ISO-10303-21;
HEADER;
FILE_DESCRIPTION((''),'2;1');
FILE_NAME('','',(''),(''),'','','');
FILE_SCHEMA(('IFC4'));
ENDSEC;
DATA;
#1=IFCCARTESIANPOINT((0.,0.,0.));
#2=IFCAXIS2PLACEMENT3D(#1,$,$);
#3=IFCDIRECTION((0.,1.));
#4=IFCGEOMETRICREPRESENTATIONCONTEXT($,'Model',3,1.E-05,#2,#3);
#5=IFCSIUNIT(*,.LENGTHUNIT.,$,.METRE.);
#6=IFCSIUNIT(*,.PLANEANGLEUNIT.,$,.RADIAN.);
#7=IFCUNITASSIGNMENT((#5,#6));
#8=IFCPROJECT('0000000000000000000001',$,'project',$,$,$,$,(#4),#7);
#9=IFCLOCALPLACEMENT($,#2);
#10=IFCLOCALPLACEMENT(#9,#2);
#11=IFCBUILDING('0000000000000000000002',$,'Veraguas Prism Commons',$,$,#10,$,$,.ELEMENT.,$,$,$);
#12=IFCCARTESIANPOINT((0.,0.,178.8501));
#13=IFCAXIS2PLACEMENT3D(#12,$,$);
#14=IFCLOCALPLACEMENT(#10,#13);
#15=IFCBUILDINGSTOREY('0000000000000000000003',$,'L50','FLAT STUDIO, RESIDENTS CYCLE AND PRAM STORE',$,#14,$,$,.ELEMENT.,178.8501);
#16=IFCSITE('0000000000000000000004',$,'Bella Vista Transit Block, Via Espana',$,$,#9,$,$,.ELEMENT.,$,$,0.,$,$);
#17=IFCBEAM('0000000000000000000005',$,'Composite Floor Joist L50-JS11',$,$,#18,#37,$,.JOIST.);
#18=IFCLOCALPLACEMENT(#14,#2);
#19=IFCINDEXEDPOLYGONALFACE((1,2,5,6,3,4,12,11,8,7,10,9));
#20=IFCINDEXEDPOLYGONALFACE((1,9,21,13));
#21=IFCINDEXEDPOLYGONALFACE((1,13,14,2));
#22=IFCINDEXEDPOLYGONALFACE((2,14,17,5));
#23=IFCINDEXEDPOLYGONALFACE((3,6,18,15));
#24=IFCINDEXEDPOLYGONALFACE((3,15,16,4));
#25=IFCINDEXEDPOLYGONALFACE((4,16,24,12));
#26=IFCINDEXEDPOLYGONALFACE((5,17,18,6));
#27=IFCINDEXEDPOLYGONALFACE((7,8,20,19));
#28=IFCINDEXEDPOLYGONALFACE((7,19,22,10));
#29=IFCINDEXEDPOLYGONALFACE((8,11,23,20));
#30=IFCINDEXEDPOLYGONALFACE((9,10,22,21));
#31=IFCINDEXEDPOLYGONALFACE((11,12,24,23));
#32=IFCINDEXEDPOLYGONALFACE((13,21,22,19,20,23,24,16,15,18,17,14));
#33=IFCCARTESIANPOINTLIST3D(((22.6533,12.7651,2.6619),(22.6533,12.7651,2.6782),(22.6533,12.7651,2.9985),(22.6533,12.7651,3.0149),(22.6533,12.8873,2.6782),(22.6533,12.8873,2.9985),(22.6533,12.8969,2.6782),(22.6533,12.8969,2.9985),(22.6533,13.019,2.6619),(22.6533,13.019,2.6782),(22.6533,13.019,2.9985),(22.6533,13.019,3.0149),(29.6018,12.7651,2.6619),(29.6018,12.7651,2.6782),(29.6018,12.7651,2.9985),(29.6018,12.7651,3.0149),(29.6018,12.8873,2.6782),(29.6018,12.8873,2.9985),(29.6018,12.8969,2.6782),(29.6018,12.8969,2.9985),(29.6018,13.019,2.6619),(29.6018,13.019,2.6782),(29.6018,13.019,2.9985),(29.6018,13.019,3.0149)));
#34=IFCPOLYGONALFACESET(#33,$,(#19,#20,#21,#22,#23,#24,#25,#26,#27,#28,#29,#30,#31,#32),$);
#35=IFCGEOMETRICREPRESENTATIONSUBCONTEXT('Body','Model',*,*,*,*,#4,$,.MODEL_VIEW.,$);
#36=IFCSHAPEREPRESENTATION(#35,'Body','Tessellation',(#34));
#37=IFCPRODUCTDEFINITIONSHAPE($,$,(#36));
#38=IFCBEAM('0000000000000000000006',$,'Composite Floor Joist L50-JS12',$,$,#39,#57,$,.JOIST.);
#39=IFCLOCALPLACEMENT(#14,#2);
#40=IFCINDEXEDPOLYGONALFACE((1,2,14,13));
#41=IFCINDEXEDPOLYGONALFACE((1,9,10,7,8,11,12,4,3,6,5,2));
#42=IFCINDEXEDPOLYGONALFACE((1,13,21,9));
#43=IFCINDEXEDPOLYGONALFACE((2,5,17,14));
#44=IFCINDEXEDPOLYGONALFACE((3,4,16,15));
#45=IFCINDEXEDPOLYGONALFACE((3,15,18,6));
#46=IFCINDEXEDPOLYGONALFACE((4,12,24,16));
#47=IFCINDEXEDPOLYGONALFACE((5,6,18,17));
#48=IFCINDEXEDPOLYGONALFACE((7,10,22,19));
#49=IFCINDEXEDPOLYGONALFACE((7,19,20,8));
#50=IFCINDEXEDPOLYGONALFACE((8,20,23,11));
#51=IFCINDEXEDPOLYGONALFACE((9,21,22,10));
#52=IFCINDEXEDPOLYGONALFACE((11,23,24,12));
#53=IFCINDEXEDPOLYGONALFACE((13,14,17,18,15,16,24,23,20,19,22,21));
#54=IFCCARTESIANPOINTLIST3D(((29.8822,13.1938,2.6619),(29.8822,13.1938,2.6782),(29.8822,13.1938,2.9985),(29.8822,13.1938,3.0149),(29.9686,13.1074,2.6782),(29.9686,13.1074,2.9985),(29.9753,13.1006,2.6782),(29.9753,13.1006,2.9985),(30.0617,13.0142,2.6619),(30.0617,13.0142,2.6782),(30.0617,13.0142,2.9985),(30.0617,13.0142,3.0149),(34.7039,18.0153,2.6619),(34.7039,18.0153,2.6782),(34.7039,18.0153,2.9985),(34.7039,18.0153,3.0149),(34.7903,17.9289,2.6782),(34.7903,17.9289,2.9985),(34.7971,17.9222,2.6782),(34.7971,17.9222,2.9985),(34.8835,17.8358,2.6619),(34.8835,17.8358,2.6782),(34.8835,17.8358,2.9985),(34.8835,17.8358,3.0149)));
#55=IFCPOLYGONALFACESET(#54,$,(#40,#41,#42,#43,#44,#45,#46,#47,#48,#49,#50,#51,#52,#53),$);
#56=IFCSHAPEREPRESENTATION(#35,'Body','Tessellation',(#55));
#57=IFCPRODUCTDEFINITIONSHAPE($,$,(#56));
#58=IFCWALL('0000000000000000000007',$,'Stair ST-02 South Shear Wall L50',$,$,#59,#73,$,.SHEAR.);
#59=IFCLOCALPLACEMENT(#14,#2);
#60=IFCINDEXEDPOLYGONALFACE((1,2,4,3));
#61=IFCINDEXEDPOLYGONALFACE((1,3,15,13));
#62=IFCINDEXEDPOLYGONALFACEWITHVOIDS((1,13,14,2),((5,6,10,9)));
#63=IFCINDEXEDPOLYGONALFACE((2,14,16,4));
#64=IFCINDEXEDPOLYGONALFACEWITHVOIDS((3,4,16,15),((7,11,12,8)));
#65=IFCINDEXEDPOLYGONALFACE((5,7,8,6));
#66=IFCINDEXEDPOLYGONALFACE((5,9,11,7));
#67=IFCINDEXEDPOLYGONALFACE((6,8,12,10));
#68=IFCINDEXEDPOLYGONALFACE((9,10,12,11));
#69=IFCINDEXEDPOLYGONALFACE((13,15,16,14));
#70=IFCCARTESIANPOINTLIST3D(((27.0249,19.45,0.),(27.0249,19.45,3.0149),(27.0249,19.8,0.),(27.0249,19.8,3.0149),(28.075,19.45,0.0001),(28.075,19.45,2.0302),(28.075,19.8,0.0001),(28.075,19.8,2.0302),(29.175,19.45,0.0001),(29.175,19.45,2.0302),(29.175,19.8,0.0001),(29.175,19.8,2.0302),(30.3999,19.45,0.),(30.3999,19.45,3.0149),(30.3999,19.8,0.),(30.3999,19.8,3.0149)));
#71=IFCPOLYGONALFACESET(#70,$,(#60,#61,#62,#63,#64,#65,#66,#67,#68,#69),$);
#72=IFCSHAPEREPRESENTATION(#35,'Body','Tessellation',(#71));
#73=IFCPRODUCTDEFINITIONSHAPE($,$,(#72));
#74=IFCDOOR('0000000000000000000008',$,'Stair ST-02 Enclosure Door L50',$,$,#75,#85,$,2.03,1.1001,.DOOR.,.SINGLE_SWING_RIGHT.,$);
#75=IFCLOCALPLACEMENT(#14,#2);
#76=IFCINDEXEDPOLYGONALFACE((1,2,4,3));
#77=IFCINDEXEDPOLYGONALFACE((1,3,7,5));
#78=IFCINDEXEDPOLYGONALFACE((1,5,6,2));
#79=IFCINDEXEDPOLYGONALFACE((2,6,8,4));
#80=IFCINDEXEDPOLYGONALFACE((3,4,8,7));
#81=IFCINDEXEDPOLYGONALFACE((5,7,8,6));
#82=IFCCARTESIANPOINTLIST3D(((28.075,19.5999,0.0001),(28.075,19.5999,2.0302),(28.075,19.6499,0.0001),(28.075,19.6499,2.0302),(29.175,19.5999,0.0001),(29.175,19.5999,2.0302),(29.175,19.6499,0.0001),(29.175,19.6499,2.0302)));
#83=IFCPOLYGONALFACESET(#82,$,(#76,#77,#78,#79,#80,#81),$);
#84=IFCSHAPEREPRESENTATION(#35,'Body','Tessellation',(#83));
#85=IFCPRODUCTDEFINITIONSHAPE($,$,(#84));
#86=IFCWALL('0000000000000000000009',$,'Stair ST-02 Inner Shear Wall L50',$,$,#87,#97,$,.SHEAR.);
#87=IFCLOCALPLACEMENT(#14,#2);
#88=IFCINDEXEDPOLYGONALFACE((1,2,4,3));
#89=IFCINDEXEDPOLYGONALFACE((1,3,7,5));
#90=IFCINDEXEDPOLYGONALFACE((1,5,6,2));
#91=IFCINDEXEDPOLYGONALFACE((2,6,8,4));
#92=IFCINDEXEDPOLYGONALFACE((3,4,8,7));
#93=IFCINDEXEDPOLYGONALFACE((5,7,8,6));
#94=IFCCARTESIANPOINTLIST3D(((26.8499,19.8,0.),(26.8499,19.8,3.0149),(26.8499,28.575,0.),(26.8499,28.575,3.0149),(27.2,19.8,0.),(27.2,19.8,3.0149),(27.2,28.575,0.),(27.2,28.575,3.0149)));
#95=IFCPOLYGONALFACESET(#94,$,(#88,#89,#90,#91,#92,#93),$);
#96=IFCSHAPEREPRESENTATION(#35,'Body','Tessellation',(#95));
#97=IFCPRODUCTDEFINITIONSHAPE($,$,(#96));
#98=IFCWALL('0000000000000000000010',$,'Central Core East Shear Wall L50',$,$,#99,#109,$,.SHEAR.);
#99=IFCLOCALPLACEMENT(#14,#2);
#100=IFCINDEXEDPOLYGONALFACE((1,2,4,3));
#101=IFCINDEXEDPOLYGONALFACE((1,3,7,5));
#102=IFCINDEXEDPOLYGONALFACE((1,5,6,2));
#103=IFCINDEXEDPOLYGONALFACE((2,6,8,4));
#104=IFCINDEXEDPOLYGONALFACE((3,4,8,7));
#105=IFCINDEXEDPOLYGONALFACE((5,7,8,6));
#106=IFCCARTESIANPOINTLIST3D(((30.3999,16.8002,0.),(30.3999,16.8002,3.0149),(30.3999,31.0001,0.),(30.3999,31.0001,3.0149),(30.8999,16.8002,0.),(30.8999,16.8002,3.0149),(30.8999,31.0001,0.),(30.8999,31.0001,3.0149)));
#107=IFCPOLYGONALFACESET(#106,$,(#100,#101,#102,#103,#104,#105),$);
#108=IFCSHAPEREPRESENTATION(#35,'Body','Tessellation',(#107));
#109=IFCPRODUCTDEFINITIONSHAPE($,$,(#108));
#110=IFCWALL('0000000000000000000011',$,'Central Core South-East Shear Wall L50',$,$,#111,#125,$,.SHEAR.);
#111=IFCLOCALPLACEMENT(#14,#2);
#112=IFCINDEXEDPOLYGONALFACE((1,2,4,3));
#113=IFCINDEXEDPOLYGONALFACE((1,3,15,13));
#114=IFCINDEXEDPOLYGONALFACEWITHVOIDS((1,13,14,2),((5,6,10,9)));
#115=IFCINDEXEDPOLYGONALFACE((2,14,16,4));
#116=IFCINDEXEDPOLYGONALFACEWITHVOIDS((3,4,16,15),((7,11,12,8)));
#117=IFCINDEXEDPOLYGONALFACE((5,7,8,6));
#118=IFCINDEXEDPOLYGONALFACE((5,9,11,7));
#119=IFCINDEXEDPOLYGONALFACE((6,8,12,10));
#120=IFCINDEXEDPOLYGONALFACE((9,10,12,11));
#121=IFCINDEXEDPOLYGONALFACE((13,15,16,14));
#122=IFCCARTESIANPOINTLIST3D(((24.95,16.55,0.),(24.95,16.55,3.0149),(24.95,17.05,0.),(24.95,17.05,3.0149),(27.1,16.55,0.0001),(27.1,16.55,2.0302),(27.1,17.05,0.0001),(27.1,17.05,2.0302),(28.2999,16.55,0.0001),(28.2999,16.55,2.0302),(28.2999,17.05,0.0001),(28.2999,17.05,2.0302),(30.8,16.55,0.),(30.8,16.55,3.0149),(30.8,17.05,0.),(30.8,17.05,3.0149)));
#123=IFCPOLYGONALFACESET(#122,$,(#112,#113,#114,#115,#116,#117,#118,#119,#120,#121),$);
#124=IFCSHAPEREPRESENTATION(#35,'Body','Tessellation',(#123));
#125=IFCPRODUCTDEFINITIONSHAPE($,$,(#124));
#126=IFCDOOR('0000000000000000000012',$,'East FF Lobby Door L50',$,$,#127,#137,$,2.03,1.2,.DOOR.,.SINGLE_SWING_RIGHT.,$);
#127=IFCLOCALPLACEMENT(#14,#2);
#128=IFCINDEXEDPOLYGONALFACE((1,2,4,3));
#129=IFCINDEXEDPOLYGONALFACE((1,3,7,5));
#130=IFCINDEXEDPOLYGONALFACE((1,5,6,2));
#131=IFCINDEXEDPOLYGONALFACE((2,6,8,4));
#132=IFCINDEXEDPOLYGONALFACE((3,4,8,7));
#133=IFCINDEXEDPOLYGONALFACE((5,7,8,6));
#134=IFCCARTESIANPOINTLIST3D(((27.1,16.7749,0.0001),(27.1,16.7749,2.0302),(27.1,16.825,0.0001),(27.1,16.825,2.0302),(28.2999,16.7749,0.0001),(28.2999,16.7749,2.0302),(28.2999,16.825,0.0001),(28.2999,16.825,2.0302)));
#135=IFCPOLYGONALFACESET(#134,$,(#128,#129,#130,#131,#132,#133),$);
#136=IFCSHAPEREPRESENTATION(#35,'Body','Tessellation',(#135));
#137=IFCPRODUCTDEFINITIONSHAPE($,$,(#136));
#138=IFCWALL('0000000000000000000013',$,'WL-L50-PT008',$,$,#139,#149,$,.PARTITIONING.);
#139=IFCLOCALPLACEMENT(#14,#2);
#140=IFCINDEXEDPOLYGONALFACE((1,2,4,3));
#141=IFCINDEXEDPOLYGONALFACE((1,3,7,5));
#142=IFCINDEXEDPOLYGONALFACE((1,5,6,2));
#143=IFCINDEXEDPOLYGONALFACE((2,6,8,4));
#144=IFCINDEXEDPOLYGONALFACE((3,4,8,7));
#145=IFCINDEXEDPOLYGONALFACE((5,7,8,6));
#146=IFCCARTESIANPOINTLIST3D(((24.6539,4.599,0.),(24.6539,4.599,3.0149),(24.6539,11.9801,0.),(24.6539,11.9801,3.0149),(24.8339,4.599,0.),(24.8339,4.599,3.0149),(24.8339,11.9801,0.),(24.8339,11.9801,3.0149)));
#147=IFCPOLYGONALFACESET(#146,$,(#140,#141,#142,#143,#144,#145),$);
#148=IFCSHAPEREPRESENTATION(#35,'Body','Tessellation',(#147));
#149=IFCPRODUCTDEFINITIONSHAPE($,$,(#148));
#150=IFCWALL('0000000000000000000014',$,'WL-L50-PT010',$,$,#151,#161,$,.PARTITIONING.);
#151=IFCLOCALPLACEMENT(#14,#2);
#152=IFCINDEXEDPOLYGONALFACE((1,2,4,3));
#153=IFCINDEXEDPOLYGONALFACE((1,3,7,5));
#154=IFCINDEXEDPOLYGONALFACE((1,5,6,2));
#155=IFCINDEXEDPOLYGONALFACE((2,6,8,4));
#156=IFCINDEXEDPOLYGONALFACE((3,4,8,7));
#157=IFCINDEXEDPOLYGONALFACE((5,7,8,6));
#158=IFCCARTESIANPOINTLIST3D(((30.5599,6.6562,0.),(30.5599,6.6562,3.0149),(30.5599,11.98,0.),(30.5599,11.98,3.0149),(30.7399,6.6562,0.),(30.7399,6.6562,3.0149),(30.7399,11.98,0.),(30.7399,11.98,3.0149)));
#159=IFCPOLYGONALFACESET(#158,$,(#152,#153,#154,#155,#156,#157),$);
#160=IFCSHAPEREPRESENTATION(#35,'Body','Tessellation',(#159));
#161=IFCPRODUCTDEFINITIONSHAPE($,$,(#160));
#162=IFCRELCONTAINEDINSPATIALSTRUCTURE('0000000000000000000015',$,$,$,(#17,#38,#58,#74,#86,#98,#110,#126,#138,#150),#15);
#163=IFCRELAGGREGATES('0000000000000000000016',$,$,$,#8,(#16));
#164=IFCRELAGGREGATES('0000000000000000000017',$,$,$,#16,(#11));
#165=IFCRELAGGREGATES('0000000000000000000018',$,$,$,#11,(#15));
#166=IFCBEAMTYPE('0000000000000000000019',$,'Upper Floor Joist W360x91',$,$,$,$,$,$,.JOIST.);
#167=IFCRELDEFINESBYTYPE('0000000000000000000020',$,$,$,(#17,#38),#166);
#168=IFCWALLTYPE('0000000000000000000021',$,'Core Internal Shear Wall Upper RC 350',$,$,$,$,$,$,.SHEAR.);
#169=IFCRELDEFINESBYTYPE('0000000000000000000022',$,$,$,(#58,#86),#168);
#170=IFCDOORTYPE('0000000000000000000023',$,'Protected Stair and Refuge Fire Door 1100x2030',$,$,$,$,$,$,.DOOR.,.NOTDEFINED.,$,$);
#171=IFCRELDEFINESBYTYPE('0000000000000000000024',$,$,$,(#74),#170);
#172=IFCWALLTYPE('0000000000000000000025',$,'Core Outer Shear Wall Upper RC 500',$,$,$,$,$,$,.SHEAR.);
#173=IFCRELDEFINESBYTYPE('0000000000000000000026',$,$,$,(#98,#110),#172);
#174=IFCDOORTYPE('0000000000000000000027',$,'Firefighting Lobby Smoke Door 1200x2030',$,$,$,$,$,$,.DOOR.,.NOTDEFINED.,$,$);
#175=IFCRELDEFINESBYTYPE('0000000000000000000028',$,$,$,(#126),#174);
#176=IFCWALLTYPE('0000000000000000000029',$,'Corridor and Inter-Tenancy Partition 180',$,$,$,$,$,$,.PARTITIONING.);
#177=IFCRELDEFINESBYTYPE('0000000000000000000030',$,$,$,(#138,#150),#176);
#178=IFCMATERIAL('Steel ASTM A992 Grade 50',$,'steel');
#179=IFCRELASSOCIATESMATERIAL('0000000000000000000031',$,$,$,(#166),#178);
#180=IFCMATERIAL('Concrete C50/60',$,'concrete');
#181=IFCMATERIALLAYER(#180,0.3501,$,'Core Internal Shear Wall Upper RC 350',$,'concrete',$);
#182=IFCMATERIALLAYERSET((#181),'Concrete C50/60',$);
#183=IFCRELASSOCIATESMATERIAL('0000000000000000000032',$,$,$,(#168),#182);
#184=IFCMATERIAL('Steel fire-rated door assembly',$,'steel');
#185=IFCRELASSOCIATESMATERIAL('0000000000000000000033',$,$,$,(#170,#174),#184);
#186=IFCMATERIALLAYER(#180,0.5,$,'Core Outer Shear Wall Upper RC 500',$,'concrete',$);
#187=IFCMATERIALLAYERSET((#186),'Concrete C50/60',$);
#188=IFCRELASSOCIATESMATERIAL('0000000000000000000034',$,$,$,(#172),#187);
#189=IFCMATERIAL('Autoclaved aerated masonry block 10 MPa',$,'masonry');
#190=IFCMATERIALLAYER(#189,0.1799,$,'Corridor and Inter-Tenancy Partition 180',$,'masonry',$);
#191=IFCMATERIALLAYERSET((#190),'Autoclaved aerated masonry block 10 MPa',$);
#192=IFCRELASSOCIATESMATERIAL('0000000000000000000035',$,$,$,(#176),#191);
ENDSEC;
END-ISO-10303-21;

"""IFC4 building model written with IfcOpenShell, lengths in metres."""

from ifc_helpers import new_model, si_unit, direction, frame, frame_2d, origin, origin_2d, place, context, subcontext, project, spatial, rectangle, i_section, extrude, source, transform, mapped, material, layer, layer_set, material_profile, profile_set, type_object, element, fill, save


model = new_model("IFC4")

# Units and contexts
model_context = context("Model", 3, precision=1e-05, world=origin(), true_north=direction((0.0, 1.0)))
body_context = subcontext(model_context, "Body", "Model", "MODEL_VIEW")
ifc_project = project(units=[si_unit("LENGTHUNIT", "METRE"), si_unit("PLANEANGLEUNIT", "RADIAN")], contexts=[model_context])

# Site, building, storey
site_placement = place(None, origin())
site = spatial("IfcSite", under=ifc_project, at=site_placement, Name="Bella Vista Transit Block, Via Espana", CompositionType="ELEMENT", RefElevation=0.0)
building_placement = place(site_placement, origin())
building = spatial("IfcBuilding", under=site, at=building_placement, Name="Veraguas Prism Commons", CompositionType="ELEMENT")
storey_placement = place(building_placement, frame((0.0, 0.0, 178.8501)))
storey = spatial("IfcBuildingStorey", under=building, at=storey_placement, Name="L50", Description="FLAT STUDIO, RESIDENTS CYCLE AND PRAM STORE", CompositionType="ELEMENT", Elevation=178.8501)

# Beams
ifc_material_1 = material(Name="Steel ASTM A992 Grade 50", Category="steel")
ifc_material_profile = material_profile(ifc_material_1, i_section(OverallWidth=0.2539, OverallDepth=0.353, WebThickness=0.0095, FlangeThickness=0.0164, at=origin_2d()), Name="W360X91")
ifc_profile_set = profile_set([ifc_material_profile], Name="Steel ASTM A992 Grade 50")
beam_type = type_object("IfcBeamType", Name="Upper Floor Joist W360x91", PredefinedType="JOIST", material=ifc_profile_set)
beam_1_placement = place(storey_placement, frame((22.6533, 12.8921, 2.8384), z_axis=(1.0, 0.0, 0.0), x_axis=(0.0, 1.0, 0.0)))
element("IfcBeam", 1, at=beam_1_placement, inside=storey, type_object=beam_type, Name="Composite Floor Joist L50-JS11", PredefinedType="JOIST", context=body_context, shape_type="SweptSolid", body=[
    extrude(i_section(OverallWidth=0.2539, OverallDepth=0.353, WebThickness=0.0095, FlangeThickness=0.0164, at=origin_2d()), origin(), (0.0, 0.0, 1.0), 6.9485),
])
beam_2_placement = place(storey_placement, frame((29.9719, 13.104, 2.8384), z_axis=(0.707125, 0.707089, 0.0), x_axis=(-0.707089, 0.707125, 0.0)))
element("IfcBeam", 2, at=beam_2_placement, inside=storey, type_object=beam_type, Name="Composite Floor Joist L50-JS12", PredefinedType="JOIST", context=body_context, shape_type="SweptSolid", body=[
    extrude(i_section(OverallWidth=0.2539, OverallDepth=0.353, WebThickness=0.0095, FlangeThickness=0.0164, at=origin_2d()), origin(), (0.0, 0.0, 1.0), 6.8188),
])

# Wall, opening, door
ifc_material_2 = material(Name="Concrete C50/60", Category="concrete")
ifc_layer_1 = layer(ifc_material_2, 0.3501, Name="Core Internal Shear Wall Upper RC 350", Category="concrete")
ifc_layer_set_1 = layer_set([ifc_layer_1], Name="Concrete C50/60")
wall_type_1 = type_object("IfcWallType", Name="Core Internal Shear Wall Upper RC 350", PredefinedType="SHEAR", material=ifc_layer_set_1)
wall_1_placement = place(storey_placement, frame((27.0249, 19.625, 0.0), z_axis=(0.0, 0.0, 1.0), x_axis=(1.0, 0.0, 0.0)))
wall_1 = element("IfcWall", 3, at=wall_1_placement, inside=storey, type_object=wall_type_1, Name="Stair ST-02 South Shear Wall L50", PredefinedType="SHEAR", context=body_context, shape_type="SweptSolid", body=[
    extrude(rectangle(XDim=3.375, YDim=0.3501, at=frame_2d((1.6875, 0.0))), origin(), (0.0, 0.0, 1.0), 3.0149),
])
opening_1_placement = place(wall_1_placement, frame((1.05, 0.0, 0.0)))
opening_1 = element("IfcOpeningElement", 4, at=opening_1_placement, cuts=wall_1, PredefinedType="OPENING", context=body_context, shape_type="SweptSolid", body=[
    extrude(rectangle(XDim=1.1001, YDim=2.03, at=frame_2d((0.55, 1.0151))), frame((0.0, 0.1851, 0.0), z_axis=(0.0, -1.0, 0.0), x_axis=(1.0, 0.0, 0.0)), (0.0, 0.0, 1.0), 0.3701),
])
ifc_material_3 = material(Name="Steel fire-rated door assembly", Category="steel")
door_type_1 = type_object("IfcDoorType", Name="Protected Stair and Refuge Fire Door 1100x2030", OperationType="NOTDEFINED", PredefinedType="DOOR", material=ifc_material_3)
shared_shape_1 = source(origin(), body_context, "Body", "SweptSolid", [
    extrude(rectangle(XDim=1.1001, YDim=2.03, at=frame_2d((0.55, 1.0151))), frame((0.0, 0.0249, 0.0), z_axis=(0.0, -1.0, 0.0), x_axis=(1.0, 0.0, 0.0)), (0.0, 0.0, 1.0), 0.05),
])
door_1_placement = place(opening_1_placement, origin())
door_1 = element("IfcDoor", 5, at=door_1_placement, inside=storey, type_object=door_type_1, Name="Stair ST-02 Enclosure Door L50", OperationType="SINGLE_SWING_RIGHT", OverallHeight=2.03, OverallWidth=1.1001, PredefinedType="DOOR", context=body_context, shape_type="MappedRepresentation", body=[
    mapped(shared_shape_1, transform((0.0, 0.0, 0.0), scale=1.0)),
])
fill(opening_1, door_1)

# Walls
wall_2_placement = place(storey_placement, frame((27.0249, 19.8, 0.0), z_axis=(0.0, 0.0, 1.0), x_axis=(0.0, 1.0, 0.0)))
element("IfcWall", 6, at=wall_2_placement, inside=storey, type_object=wall_type_1, Name="Stair ST-02 Inner Shear Wall L50", PredefinedType="SHEAR", context=body_context, shape_type="SweptSolid", body=[
    extrude(rectangle(XDim=8.7749, YDim=0.3501, at=frame_2d((4.3875, 0.0))), origin(), (0.0, 0.0, 1.0), 3.0149),
])
ifc_layer_2 = layer(ifc_material_2, 0.5, Name="Core Outer Shear Wall Upper RC 500", Category="concrete")
ifc_layer_set_2 = layer_set([ifc_layer_2], Name="Concrete C50/60")
wall_type_2 = type_object("IfcWallType", Name="Core Outer Shear Wall Upper RC 500", PredefinedType="SHEAR", material=ifc_layer_set_2)
wall_3_placement = place(storey_placement, frame((30.6499, 16.8, 0.0), z_axis=(0.0, 0.0, 1.0), x_axis=(0.0, 1.0, 0.0)))
element("IfcWall", 7, at=wall_3_placement, inside=storey, type_object=wall_type_2, Name="Central Core East Shear Wall L50", PredefinedType="SHEAR", context=body_context, shape_type="SweptSolid", body=[
    extrude(rectangle(XDim=14.2, YDim=0.5, at=frame_2d((7.1001, 0.0))), origin(), (0.0, 0.0, 1.0), 3.0149),
])

# Wall, opening, door
wall_4_placement = place(storey_placement, frame((24.95, 16.8, 0.0), z_axis=(0.0, 0.0, 1.0), x_axis=(1.0, 0.0, 0.0)))
wall_4 = element("IfcWall", 8, at=wall_4_placement, inside=storey, type_object=wall_type_2, Name="Central Core South-East Shear Wall L50", PredefinedType="SHEAR", context=body_context, shape_type="SweptSolid", body=[
    extrude(rectangle(XDim=5.8501, YDim=0.5, at=frame_2d((2.925, 0.0))), origin(), (0.0, 0.0, 1.0), 3.0149),
])
opening_2_placement = place(wall_4_placement, frame((2.1499, 0.0, 0.0)))
opening_2 = element("IfcOpeningElement", 9, at=opening_2_placement, cuts=wall_4, PredefinedType="OPENING", context=body_context, shape_type="SweptSolid", body=[
    extrude(rectangle(XDim=1.2, YDim=2.03, at=frame_2d((0.6001, 1.0151))), frame((0.0, 0.26, 0.0), z_axis=(0.0, -1.0, 0.0), x_axis=(1.0, 0.0, 0.0)), (0.0, 0.0, 1.0), 0.52),
])
door_type_2 = type_object("IfcDoorType", Name="Firefighting Lobby Smoke Door 1200x2030", OperationType="NOTDEFINED", PredefinedType="DOOR", material=ifc_material_3)
shared_shape_2 = source(origin(), body_context, "Body", "SweptSolid", [
    extrude(rectangle(XDim=1.2, YDim=2.03, at=frame_2d((0.6001, 1.0151))), frame((0.0, 0.0249, 0.0), z_axis=(0.0, -1.0, 0.0), x_axis=(1.0, 0.0, 0.0)), (0.0, 0.0, 1.0), 0.05),
])
door_2_placement = place(opening_2_placement, origin())
door_2 = element("IfcDoor", 10, at=door_2_placement, inside=storey, type_object=door_type_2, Name="East FF Lobby Door L50", OperationType="SINGLE_SWING_RIGHT", OverallHeight=2.03, OverallWidth=1.2, PredefinedType="DOOR", context=body_context, shape_type="MappedRepresentation", body=[
    mapped(shared_shape_2, transform((0.0, 0.0, 0.0), scale=1.0)),
])
fill(opening_2, door_2)

# Walls
ifc_material_4 = material(Name="Autoclaved aerated masonry block 10 MPa", Category="masonry")
ifc_layer_3 = layer(ifc_material_4, 0.1799, Name="Corridor and Inter-Tenancy Partition 180", Category="masonry")
ifc_layer_set_3 = layer_set([ifc_layer_3], Name="Autoclaved aerated masonry block 10 MPa")
wall_type_3 = type_object("IfcWallType", Name="Corridor and Inter-Tenancy Partition 180", PredefinedType="PARTITIONING", material=ifc_layer_set_3)
wall_5_placement = place(storey_placement, frame((24.7439, 11.98, 0.0), z_axis=(0.0, 0.0, 1.0), x_axis=(0.0, -1.0, 0.0)))
element("IfcWall", 11, at=wall_5_placement, inside=storey, type_object=wall_type_3, Name="WL-L50-PT008", PredefinedType="PARTITIONING", context=body_context, shape_type="SweptSolid", body=[
    extrude(rectangle(XDim=7.3811, YDim=0.1799, at=frame_2d((3.6904, 0.0))), origin(), (0.0, 0.0, 1.0), 3.0149),
])
wall_6_placement = place(storey_placement, frame((30.6499, 11.98, 0.0), z_axis=(0.0, 0.0, 1.0), x_axis=(0.0, -1.0, 0.0)))
element("IfcWall", 12, at=wall_6_placement, inside=storey, type_object=wall_type_3, Name="WL-L50-PT010", PredefinedType="PARTITIONING", context=body_context, shape_type="SweptSolid", body=[
    extrude(rectangle(XDim=5.3237, YDim=0.1799, at=frame_2d((2.6619, 0.0))), origin(), (0.0, 0.0, 1.0), 3.0149),
])

save(model, "model.ifc")
